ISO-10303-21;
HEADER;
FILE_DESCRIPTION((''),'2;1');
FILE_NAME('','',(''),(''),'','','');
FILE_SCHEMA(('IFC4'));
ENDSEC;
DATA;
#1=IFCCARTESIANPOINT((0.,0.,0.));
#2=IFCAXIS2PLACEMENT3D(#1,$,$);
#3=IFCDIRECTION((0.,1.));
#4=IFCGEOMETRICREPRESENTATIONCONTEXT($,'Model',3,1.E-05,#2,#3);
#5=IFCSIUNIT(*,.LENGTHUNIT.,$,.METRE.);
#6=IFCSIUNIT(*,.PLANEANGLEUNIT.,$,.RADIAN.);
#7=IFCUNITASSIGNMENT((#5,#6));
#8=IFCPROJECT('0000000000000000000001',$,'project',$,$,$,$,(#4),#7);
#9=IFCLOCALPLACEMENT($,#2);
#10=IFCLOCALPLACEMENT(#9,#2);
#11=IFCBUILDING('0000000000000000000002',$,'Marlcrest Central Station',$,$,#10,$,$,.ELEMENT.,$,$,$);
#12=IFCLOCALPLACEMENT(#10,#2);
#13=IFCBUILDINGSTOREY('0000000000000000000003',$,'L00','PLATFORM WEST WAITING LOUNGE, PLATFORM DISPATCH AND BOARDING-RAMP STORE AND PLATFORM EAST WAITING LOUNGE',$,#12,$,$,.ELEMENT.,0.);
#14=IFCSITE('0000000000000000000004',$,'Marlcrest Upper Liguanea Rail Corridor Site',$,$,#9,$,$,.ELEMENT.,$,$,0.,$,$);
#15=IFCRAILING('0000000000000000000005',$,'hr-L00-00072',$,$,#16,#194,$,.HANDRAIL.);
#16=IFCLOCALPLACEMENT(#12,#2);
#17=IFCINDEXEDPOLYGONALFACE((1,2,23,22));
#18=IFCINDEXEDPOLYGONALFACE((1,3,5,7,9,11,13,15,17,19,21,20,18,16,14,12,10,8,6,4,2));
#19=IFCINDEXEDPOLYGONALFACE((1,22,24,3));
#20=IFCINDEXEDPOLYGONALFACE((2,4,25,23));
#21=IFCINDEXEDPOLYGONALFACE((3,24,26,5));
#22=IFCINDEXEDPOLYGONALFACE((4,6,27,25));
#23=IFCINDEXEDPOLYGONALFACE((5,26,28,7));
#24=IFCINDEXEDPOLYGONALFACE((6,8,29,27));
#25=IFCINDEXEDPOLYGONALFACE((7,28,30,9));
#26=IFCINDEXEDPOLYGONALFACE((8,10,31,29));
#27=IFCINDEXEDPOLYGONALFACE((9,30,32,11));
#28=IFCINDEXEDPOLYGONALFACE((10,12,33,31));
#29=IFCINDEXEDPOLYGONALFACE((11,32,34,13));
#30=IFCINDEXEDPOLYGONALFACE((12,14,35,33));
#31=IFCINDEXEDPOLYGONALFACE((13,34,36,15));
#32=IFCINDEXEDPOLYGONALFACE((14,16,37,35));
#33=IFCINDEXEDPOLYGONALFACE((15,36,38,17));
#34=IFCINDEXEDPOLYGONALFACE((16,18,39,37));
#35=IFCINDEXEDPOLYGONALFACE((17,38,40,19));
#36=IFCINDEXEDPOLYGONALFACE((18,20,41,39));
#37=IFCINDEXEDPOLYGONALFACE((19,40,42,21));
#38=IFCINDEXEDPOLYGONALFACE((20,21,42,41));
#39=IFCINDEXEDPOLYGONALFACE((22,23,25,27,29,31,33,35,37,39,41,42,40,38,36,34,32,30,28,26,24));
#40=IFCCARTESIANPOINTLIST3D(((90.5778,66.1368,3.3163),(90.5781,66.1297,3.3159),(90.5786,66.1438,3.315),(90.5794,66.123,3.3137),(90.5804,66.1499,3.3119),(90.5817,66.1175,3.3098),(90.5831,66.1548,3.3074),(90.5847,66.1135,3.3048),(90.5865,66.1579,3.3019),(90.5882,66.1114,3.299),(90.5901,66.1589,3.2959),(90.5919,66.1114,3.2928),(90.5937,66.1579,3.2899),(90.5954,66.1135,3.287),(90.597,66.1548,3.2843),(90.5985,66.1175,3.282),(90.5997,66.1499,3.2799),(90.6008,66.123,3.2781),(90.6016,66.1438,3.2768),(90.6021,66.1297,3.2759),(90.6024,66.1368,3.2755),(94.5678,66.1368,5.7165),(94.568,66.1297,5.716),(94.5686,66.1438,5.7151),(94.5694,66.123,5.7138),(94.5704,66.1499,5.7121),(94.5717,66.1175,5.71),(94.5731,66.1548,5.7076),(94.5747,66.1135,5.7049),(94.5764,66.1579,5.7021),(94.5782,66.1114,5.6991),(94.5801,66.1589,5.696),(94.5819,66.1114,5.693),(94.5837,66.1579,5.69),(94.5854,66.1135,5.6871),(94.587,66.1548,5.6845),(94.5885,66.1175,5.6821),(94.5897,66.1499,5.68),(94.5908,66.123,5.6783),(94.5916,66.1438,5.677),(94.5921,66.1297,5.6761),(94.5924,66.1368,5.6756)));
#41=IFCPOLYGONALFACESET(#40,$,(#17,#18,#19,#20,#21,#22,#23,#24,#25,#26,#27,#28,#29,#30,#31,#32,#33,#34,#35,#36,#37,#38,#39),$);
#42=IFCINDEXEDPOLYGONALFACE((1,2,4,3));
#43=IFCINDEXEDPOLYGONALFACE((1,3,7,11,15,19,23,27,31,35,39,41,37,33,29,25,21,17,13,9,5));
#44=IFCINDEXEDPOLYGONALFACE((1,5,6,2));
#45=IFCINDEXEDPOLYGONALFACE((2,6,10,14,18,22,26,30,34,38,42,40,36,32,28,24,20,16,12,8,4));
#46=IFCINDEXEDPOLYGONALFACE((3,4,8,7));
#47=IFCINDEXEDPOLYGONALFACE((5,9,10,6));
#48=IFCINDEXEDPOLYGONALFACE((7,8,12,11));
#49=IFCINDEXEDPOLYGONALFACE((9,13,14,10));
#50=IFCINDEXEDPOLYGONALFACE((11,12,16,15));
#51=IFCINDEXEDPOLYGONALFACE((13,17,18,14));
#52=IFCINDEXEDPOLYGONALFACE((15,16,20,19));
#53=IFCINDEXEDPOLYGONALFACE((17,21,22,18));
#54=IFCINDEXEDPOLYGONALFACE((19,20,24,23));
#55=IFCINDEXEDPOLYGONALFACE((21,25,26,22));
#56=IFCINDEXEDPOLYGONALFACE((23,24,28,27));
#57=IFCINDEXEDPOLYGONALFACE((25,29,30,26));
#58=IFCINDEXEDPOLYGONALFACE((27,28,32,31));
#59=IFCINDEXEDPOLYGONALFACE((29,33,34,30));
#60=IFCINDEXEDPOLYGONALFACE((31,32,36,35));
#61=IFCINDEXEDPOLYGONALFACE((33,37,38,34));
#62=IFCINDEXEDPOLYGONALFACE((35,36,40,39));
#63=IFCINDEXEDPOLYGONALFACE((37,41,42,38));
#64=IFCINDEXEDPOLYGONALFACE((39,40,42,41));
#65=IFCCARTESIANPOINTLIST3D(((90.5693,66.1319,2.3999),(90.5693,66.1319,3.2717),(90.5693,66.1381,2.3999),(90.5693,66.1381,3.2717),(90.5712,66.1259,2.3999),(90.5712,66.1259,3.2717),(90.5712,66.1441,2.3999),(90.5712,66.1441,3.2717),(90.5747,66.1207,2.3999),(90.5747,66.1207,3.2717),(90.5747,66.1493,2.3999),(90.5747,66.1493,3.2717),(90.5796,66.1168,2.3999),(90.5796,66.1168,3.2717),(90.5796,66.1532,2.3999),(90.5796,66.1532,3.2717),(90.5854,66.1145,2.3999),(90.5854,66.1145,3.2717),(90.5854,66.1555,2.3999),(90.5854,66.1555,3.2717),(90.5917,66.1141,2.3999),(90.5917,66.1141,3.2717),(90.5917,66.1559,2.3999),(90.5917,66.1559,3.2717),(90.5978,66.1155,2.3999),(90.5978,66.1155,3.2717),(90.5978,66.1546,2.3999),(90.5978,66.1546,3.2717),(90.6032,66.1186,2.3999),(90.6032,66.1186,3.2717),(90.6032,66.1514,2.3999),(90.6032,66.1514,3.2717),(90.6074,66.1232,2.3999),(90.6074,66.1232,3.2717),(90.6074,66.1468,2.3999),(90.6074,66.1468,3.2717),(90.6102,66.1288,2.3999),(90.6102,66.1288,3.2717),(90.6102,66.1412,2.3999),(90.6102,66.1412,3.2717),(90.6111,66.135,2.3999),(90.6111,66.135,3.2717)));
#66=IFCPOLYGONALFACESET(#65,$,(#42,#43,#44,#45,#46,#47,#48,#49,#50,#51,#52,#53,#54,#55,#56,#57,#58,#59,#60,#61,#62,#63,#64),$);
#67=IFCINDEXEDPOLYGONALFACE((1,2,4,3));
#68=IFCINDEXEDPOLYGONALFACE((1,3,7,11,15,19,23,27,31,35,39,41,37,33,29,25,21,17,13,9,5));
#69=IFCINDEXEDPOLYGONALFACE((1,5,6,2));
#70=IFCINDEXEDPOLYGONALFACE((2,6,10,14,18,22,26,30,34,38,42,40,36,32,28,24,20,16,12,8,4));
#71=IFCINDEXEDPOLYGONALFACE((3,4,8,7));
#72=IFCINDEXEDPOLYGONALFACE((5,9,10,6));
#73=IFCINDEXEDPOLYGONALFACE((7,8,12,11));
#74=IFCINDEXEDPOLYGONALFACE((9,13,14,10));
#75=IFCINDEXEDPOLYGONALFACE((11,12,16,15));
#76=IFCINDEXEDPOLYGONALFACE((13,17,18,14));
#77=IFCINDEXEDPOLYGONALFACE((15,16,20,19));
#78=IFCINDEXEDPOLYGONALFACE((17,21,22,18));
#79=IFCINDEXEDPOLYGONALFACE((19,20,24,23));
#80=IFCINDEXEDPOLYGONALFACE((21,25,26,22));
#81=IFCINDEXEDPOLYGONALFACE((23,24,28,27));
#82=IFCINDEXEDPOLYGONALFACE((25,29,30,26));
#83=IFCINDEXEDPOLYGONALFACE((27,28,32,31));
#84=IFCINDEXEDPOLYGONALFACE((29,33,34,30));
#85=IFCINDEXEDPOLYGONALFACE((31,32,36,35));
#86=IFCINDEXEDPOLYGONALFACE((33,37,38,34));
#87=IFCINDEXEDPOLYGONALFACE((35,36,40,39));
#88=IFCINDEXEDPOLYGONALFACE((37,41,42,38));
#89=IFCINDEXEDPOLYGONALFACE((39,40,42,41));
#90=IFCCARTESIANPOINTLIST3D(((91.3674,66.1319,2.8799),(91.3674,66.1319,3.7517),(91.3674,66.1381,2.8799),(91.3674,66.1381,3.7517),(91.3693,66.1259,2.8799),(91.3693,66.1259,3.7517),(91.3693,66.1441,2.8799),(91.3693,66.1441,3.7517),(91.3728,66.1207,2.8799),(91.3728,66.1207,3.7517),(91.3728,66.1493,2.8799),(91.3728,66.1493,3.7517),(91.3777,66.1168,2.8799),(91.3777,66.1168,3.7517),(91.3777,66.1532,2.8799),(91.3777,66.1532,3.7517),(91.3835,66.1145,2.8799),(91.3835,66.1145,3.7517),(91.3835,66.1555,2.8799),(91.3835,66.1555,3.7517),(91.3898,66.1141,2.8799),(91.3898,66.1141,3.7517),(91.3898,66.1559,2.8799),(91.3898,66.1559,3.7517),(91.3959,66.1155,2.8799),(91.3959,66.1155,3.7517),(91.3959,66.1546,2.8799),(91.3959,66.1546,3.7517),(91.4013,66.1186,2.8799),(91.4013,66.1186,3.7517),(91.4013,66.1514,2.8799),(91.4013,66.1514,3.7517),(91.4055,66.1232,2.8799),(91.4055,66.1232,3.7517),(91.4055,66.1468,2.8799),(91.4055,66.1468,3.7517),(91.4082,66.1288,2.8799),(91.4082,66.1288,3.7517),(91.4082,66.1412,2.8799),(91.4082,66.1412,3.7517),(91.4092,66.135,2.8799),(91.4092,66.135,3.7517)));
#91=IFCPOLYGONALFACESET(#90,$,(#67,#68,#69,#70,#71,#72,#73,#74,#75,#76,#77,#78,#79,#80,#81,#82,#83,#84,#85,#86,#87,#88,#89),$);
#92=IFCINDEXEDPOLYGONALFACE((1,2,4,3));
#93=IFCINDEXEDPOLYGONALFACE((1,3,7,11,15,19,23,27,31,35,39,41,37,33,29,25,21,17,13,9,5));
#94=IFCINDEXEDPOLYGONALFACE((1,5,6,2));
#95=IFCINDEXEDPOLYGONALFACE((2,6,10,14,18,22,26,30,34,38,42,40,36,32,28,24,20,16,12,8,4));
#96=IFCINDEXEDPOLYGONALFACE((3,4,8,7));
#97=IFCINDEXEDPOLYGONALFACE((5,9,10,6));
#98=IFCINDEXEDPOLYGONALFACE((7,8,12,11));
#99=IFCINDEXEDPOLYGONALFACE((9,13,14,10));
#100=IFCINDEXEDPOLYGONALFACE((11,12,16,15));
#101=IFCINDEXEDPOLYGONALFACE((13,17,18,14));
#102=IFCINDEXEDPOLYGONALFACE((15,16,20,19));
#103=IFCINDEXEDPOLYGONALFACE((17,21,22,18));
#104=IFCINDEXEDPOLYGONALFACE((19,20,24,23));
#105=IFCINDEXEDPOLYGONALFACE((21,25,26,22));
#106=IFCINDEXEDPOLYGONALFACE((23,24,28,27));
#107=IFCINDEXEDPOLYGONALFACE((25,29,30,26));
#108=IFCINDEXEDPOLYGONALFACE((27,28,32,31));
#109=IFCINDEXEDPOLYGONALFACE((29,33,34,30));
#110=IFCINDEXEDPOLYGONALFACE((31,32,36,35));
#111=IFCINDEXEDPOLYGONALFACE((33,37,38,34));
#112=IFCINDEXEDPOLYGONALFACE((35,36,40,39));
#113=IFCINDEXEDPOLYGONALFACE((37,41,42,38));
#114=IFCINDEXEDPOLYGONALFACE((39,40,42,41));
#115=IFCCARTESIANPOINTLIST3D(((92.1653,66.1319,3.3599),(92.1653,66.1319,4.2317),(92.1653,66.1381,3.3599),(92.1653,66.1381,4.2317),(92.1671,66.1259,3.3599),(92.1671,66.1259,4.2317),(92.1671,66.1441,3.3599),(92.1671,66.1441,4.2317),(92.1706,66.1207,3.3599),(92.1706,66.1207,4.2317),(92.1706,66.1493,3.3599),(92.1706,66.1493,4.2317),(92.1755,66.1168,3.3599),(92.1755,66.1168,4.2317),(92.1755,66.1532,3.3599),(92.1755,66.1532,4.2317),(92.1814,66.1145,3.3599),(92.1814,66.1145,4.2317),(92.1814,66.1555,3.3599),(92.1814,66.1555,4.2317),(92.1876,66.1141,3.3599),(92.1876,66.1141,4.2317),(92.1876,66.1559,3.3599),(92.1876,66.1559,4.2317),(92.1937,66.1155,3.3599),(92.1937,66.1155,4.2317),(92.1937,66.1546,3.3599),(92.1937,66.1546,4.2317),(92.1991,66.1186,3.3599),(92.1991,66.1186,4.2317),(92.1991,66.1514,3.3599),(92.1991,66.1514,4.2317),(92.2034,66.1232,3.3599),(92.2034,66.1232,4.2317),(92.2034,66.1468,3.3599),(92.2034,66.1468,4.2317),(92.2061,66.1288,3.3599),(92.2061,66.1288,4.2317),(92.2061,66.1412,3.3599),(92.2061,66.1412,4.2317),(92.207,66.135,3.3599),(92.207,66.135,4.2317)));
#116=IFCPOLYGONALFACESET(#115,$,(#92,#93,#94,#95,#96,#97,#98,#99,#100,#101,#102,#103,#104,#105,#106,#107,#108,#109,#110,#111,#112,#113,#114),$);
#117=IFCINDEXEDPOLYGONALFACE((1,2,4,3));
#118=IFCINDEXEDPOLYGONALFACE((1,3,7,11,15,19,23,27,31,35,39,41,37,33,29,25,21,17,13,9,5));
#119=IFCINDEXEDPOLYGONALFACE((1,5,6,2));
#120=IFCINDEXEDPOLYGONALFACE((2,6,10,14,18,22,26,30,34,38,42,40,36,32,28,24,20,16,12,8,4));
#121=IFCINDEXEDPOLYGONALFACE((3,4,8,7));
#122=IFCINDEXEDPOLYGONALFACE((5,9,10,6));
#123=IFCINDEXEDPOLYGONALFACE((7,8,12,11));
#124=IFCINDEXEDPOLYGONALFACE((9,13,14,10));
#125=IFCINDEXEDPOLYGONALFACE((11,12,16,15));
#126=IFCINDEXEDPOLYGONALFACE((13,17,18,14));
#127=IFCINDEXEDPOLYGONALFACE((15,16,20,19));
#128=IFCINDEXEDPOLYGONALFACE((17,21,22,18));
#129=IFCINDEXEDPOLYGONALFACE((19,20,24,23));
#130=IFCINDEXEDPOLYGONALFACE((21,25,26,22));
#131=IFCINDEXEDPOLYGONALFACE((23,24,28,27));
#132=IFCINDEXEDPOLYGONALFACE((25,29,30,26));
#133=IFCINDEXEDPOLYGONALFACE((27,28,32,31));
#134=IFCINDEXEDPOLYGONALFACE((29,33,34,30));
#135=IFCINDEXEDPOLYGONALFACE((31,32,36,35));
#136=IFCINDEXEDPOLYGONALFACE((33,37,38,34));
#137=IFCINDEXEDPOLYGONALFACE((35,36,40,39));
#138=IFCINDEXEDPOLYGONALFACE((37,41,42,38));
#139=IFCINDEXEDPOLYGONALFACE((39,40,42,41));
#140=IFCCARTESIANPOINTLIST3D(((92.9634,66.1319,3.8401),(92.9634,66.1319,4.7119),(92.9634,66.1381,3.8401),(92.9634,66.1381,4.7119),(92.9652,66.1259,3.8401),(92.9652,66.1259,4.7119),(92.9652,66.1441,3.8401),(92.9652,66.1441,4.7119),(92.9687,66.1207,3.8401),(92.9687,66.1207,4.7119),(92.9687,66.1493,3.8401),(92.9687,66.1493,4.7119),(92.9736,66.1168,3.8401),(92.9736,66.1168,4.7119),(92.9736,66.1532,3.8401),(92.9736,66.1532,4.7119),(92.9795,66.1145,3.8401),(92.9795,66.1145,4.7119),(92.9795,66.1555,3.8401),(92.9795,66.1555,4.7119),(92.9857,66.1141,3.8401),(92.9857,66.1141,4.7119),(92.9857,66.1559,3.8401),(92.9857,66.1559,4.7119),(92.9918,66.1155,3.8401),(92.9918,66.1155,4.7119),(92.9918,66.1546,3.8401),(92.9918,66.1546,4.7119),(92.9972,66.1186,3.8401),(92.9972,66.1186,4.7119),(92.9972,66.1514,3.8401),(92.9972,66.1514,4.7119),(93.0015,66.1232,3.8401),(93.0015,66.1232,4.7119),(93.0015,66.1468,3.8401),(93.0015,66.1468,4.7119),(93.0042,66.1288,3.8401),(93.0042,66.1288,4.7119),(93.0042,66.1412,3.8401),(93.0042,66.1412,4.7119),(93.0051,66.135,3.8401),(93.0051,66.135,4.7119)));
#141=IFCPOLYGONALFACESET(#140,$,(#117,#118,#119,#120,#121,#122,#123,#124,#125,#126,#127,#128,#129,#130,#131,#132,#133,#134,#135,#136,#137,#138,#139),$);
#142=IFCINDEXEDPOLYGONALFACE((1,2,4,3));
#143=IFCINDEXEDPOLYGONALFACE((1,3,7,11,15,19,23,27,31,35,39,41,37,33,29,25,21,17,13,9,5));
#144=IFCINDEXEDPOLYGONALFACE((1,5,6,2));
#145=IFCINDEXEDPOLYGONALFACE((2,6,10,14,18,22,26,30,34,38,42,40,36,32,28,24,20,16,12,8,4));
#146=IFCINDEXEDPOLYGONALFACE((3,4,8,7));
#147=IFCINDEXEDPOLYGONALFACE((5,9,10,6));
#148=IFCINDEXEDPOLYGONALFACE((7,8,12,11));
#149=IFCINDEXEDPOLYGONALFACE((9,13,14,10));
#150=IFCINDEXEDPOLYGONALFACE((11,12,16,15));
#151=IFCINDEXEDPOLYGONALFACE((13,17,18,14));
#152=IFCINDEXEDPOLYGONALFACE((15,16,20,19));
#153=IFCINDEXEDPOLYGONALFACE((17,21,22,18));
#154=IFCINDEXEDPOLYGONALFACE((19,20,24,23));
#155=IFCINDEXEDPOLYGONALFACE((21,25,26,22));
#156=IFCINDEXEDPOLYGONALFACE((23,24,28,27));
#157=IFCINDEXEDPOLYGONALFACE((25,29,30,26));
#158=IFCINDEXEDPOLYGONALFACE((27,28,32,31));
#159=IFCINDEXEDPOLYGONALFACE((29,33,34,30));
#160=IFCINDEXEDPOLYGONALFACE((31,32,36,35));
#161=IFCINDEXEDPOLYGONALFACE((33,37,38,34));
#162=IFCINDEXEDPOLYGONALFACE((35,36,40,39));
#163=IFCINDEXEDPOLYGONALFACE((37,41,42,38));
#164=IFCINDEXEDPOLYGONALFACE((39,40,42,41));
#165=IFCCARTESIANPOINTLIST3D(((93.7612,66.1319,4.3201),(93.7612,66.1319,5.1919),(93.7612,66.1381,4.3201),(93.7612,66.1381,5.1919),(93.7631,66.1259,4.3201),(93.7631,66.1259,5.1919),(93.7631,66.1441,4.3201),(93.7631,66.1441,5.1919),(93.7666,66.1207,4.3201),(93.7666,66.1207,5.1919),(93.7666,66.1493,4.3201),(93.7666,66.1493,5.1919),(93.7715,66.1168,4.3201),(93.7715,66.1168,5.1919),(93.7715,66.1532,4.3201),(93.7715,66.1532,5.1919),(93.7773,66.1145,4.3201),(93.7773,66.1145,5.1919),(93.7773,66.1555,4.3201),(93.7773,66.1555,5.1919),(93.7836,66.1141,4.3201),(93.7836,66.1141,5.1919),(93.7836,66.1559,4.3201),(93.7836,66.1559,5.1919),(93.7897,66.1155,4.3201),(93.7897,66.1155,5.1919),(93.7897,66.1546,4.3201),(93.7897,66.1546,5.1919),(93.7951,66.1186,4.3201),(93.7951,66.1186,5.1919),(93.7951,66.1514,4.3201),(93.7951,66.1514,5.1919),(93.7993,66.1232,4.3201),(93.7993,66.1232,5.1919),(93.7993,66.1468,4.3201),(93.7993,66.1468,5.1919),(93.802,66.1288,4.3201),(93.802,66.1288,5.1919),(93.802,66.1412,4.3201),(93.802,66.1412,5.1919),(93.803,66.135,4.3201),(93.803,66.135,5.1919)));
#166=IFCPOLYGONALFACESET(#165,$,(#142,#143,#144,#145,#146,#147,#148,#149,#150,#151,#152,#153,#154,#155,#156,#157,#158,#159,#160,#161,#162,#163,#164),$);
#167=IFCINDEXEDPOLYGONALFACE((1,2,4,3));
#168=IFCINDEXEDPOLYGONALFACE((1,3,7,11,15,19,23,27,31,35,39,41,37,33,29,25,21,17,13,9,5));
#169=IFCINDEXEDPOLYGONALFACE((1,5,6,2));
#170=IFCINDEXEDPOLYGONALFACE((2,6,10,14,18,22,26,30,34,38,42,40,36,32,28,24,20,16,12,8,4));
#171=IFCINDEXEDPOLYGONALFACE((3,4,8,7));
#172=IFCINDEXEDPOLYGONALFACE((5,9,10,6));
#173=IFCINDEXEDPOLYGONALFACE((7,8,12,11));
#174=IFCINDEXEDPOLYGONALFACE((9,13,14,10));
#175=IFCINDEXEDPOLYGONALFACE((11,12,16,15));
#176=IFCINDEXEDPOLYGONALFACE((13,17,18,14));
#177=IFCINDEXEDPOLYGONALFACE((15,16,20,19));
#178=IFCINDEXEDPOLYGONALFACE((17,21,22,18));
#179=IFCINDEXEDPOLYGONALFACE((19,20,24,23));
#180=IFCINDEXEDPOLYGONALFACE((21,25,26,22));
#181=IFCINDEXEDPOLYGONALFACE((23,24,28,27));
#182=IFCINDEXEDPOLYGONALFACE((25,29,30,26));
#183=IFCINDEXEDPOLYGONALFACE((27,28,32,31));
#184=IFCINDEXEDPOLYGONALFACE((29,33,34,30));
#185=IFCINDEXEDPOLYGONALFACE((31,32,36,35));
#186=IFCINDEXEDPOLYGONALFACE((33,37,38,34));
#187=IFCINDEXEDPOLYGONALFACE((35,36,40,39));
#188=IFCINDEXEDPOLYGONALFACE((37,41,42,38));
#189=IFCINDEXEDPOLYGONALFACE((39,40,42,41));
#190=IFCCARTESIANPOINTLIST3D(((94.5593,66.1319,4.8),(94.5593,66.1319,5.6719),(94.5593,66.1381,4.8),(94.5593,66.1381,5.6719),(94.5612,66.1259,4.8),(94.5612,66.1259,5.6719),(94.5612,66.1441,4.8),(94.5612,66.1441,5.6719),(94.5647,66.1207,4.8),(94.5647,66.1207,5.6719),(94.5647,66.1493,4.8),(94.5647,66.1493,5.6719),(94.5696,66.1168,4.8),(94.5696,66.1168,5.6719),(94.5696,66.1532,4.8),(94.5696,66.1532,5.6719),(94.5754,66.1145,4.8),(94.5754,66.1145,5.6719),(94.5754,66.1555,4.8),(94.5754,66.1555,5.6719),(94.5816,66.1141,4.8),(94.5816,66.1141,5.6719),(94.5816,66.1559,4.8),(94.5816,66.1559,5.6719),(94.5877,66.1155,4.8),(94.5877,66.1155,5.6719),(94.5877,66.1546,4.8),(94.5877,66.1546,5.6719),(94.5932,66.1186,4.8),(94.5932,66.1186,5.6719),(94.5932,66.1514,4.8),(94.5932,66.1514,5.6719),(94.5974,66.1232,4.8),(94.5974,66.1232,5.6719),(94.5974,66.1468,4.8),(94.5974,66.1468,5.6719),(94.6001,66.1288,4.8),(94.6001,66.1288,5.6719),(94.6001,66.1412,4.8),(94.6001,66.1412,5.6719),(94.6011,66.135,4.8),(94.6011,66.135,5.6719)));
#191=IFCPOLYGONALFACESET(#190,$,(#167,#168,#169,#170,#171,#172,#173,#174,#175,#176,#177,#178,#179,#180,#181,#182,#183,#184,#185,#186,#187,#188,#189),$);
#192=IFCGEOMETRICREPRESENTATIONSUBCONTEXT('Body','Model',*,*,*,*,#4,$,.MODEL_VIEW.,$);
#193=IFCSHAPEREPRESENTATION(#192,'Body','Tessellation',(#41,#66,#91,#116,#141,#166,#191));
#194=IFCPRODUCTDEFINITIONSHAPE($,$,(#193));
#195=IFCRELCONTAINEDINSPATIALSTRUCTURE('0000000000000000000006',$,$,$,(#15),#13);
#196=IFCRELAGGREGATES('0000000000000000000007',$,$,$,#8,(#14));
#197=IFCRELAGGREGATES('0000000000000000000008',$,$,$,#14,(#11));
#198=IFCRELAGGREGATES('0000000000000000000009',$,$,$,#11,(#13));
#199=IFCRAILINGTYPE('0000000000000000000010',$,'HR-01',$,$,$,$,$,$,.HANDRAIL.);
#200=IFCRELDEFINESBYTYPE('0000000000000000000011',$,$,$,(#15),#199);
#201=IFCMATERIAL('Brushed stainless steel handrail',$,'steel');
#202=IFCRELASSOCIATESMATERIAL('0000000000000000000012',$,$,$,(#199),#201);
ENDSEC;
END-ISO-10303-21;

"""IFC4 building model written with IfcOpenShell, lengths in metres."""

from ifc_helpers import new_model, si_unit, direction, frame, origin, origin_2d, place, context, subcontext, project, spatial, circle, extrude, material, type_object, element, save


model = new_model("IFC4")

# Units and contexts
model_context = context("Model", 3, precision=1e-05, world=origin(), true_north=direction((0.0, 1.0)))
body_context = subcontext(model_context, "Body", "Model", "MODEL_VIEW")
ifc_project = project(units=[si_unit("LENGTHUNIT", "METRE"), si_unit("PLANEANGLEUNIT", "RADIAN")], contexts=[model_context])

# Site, building, storey
site_placement = place(None, origin())
site = spatial("IfcSite", under=ifc_project, at=site_placement, Name="Marlcrest Upper Liguanea Rail Corridor Site", CompositionType="ELEMENT", RefElevation=0.0)
building_placement = place(site_placement, origin())
building = spatial("IfcBuilding", under=site, at=building_placement, Name="Marlcrest Central Station", CompositionType="ELEMENT")
storey_placement = place(building_placement, origin())
storey = spatial("IfcBuildingStorey", under=building, at=storey_placement, Name="L00", Description="PLATFORM WEST WAITING LOUNGE, PLATFORM DISPATCH AND BOARDING-RAMP STORE AND PLATFORM EAST WAITING LOUNGE", CompositionType="ELEMENT", Elevation=0.0)

# Railing
ifc_material_1 = material(Name="Brushed stainless steel handrail", Category="steel")
railing_type = type_object("IfcRailingType", Name="HR-01", PredefinedType="HANDRAIL", material=ifc_material_1)
railing_1_placement = place(storey_placement, frame((90.5901, 66.135, 2.3999)))
element("IfcRailing", 1, at=railing_1_placement, inside=storey, type_object=railing_type, Name="hr-L00-00072", PredefinedType="HANDRAIL", context=body_context, shape_type="SweptSolid", body=[
    extrude(circle(Radius=0.0239, at=origin_2d()), frame((0.0, 0.0, 0.896), z_axis=(0.856909, 0.0, 0.515467), x_axis=(0.0, 1.0, 0.0)), (0.0, 0.0, 1.0), 4.6562),
    extrude(circle(Radius=0.021, at=origin_2d()), origin(), (0.0, 0.0, 1.0), 0.8718),
    extrude(circle(Radius=0.021, at=origin_2d()), frame((0.7981, 0.0, 0.48)), (0.0, 0.0, 1.0), 0.8718),
    extrude(circle(Radius=0.021, at=origin_2d()), frame((1.5959, 0.0, 0.96)), (0.0, 0.0, 1.0), 0.8718),
    extrude(circle(Radius=0.021, at=origin_2d()), frame((2.394, 0.0, 1.4402)), (0.0, 0.0, 1.0), 0.8718),
    extrude(circle(Radius=0.021, at=origin_2d()), frame((3.1919, 0.0, 1.9202)), (0.0, 0.0, 1.0), 0.8718),
    extrude(circle(Radius=0.021, at=origin_2d()), frame((3.99, 0.0, 2.4001)), (0.0, 0.0, 1.0), 0.8718),
])

save(model, "model.ifc")
